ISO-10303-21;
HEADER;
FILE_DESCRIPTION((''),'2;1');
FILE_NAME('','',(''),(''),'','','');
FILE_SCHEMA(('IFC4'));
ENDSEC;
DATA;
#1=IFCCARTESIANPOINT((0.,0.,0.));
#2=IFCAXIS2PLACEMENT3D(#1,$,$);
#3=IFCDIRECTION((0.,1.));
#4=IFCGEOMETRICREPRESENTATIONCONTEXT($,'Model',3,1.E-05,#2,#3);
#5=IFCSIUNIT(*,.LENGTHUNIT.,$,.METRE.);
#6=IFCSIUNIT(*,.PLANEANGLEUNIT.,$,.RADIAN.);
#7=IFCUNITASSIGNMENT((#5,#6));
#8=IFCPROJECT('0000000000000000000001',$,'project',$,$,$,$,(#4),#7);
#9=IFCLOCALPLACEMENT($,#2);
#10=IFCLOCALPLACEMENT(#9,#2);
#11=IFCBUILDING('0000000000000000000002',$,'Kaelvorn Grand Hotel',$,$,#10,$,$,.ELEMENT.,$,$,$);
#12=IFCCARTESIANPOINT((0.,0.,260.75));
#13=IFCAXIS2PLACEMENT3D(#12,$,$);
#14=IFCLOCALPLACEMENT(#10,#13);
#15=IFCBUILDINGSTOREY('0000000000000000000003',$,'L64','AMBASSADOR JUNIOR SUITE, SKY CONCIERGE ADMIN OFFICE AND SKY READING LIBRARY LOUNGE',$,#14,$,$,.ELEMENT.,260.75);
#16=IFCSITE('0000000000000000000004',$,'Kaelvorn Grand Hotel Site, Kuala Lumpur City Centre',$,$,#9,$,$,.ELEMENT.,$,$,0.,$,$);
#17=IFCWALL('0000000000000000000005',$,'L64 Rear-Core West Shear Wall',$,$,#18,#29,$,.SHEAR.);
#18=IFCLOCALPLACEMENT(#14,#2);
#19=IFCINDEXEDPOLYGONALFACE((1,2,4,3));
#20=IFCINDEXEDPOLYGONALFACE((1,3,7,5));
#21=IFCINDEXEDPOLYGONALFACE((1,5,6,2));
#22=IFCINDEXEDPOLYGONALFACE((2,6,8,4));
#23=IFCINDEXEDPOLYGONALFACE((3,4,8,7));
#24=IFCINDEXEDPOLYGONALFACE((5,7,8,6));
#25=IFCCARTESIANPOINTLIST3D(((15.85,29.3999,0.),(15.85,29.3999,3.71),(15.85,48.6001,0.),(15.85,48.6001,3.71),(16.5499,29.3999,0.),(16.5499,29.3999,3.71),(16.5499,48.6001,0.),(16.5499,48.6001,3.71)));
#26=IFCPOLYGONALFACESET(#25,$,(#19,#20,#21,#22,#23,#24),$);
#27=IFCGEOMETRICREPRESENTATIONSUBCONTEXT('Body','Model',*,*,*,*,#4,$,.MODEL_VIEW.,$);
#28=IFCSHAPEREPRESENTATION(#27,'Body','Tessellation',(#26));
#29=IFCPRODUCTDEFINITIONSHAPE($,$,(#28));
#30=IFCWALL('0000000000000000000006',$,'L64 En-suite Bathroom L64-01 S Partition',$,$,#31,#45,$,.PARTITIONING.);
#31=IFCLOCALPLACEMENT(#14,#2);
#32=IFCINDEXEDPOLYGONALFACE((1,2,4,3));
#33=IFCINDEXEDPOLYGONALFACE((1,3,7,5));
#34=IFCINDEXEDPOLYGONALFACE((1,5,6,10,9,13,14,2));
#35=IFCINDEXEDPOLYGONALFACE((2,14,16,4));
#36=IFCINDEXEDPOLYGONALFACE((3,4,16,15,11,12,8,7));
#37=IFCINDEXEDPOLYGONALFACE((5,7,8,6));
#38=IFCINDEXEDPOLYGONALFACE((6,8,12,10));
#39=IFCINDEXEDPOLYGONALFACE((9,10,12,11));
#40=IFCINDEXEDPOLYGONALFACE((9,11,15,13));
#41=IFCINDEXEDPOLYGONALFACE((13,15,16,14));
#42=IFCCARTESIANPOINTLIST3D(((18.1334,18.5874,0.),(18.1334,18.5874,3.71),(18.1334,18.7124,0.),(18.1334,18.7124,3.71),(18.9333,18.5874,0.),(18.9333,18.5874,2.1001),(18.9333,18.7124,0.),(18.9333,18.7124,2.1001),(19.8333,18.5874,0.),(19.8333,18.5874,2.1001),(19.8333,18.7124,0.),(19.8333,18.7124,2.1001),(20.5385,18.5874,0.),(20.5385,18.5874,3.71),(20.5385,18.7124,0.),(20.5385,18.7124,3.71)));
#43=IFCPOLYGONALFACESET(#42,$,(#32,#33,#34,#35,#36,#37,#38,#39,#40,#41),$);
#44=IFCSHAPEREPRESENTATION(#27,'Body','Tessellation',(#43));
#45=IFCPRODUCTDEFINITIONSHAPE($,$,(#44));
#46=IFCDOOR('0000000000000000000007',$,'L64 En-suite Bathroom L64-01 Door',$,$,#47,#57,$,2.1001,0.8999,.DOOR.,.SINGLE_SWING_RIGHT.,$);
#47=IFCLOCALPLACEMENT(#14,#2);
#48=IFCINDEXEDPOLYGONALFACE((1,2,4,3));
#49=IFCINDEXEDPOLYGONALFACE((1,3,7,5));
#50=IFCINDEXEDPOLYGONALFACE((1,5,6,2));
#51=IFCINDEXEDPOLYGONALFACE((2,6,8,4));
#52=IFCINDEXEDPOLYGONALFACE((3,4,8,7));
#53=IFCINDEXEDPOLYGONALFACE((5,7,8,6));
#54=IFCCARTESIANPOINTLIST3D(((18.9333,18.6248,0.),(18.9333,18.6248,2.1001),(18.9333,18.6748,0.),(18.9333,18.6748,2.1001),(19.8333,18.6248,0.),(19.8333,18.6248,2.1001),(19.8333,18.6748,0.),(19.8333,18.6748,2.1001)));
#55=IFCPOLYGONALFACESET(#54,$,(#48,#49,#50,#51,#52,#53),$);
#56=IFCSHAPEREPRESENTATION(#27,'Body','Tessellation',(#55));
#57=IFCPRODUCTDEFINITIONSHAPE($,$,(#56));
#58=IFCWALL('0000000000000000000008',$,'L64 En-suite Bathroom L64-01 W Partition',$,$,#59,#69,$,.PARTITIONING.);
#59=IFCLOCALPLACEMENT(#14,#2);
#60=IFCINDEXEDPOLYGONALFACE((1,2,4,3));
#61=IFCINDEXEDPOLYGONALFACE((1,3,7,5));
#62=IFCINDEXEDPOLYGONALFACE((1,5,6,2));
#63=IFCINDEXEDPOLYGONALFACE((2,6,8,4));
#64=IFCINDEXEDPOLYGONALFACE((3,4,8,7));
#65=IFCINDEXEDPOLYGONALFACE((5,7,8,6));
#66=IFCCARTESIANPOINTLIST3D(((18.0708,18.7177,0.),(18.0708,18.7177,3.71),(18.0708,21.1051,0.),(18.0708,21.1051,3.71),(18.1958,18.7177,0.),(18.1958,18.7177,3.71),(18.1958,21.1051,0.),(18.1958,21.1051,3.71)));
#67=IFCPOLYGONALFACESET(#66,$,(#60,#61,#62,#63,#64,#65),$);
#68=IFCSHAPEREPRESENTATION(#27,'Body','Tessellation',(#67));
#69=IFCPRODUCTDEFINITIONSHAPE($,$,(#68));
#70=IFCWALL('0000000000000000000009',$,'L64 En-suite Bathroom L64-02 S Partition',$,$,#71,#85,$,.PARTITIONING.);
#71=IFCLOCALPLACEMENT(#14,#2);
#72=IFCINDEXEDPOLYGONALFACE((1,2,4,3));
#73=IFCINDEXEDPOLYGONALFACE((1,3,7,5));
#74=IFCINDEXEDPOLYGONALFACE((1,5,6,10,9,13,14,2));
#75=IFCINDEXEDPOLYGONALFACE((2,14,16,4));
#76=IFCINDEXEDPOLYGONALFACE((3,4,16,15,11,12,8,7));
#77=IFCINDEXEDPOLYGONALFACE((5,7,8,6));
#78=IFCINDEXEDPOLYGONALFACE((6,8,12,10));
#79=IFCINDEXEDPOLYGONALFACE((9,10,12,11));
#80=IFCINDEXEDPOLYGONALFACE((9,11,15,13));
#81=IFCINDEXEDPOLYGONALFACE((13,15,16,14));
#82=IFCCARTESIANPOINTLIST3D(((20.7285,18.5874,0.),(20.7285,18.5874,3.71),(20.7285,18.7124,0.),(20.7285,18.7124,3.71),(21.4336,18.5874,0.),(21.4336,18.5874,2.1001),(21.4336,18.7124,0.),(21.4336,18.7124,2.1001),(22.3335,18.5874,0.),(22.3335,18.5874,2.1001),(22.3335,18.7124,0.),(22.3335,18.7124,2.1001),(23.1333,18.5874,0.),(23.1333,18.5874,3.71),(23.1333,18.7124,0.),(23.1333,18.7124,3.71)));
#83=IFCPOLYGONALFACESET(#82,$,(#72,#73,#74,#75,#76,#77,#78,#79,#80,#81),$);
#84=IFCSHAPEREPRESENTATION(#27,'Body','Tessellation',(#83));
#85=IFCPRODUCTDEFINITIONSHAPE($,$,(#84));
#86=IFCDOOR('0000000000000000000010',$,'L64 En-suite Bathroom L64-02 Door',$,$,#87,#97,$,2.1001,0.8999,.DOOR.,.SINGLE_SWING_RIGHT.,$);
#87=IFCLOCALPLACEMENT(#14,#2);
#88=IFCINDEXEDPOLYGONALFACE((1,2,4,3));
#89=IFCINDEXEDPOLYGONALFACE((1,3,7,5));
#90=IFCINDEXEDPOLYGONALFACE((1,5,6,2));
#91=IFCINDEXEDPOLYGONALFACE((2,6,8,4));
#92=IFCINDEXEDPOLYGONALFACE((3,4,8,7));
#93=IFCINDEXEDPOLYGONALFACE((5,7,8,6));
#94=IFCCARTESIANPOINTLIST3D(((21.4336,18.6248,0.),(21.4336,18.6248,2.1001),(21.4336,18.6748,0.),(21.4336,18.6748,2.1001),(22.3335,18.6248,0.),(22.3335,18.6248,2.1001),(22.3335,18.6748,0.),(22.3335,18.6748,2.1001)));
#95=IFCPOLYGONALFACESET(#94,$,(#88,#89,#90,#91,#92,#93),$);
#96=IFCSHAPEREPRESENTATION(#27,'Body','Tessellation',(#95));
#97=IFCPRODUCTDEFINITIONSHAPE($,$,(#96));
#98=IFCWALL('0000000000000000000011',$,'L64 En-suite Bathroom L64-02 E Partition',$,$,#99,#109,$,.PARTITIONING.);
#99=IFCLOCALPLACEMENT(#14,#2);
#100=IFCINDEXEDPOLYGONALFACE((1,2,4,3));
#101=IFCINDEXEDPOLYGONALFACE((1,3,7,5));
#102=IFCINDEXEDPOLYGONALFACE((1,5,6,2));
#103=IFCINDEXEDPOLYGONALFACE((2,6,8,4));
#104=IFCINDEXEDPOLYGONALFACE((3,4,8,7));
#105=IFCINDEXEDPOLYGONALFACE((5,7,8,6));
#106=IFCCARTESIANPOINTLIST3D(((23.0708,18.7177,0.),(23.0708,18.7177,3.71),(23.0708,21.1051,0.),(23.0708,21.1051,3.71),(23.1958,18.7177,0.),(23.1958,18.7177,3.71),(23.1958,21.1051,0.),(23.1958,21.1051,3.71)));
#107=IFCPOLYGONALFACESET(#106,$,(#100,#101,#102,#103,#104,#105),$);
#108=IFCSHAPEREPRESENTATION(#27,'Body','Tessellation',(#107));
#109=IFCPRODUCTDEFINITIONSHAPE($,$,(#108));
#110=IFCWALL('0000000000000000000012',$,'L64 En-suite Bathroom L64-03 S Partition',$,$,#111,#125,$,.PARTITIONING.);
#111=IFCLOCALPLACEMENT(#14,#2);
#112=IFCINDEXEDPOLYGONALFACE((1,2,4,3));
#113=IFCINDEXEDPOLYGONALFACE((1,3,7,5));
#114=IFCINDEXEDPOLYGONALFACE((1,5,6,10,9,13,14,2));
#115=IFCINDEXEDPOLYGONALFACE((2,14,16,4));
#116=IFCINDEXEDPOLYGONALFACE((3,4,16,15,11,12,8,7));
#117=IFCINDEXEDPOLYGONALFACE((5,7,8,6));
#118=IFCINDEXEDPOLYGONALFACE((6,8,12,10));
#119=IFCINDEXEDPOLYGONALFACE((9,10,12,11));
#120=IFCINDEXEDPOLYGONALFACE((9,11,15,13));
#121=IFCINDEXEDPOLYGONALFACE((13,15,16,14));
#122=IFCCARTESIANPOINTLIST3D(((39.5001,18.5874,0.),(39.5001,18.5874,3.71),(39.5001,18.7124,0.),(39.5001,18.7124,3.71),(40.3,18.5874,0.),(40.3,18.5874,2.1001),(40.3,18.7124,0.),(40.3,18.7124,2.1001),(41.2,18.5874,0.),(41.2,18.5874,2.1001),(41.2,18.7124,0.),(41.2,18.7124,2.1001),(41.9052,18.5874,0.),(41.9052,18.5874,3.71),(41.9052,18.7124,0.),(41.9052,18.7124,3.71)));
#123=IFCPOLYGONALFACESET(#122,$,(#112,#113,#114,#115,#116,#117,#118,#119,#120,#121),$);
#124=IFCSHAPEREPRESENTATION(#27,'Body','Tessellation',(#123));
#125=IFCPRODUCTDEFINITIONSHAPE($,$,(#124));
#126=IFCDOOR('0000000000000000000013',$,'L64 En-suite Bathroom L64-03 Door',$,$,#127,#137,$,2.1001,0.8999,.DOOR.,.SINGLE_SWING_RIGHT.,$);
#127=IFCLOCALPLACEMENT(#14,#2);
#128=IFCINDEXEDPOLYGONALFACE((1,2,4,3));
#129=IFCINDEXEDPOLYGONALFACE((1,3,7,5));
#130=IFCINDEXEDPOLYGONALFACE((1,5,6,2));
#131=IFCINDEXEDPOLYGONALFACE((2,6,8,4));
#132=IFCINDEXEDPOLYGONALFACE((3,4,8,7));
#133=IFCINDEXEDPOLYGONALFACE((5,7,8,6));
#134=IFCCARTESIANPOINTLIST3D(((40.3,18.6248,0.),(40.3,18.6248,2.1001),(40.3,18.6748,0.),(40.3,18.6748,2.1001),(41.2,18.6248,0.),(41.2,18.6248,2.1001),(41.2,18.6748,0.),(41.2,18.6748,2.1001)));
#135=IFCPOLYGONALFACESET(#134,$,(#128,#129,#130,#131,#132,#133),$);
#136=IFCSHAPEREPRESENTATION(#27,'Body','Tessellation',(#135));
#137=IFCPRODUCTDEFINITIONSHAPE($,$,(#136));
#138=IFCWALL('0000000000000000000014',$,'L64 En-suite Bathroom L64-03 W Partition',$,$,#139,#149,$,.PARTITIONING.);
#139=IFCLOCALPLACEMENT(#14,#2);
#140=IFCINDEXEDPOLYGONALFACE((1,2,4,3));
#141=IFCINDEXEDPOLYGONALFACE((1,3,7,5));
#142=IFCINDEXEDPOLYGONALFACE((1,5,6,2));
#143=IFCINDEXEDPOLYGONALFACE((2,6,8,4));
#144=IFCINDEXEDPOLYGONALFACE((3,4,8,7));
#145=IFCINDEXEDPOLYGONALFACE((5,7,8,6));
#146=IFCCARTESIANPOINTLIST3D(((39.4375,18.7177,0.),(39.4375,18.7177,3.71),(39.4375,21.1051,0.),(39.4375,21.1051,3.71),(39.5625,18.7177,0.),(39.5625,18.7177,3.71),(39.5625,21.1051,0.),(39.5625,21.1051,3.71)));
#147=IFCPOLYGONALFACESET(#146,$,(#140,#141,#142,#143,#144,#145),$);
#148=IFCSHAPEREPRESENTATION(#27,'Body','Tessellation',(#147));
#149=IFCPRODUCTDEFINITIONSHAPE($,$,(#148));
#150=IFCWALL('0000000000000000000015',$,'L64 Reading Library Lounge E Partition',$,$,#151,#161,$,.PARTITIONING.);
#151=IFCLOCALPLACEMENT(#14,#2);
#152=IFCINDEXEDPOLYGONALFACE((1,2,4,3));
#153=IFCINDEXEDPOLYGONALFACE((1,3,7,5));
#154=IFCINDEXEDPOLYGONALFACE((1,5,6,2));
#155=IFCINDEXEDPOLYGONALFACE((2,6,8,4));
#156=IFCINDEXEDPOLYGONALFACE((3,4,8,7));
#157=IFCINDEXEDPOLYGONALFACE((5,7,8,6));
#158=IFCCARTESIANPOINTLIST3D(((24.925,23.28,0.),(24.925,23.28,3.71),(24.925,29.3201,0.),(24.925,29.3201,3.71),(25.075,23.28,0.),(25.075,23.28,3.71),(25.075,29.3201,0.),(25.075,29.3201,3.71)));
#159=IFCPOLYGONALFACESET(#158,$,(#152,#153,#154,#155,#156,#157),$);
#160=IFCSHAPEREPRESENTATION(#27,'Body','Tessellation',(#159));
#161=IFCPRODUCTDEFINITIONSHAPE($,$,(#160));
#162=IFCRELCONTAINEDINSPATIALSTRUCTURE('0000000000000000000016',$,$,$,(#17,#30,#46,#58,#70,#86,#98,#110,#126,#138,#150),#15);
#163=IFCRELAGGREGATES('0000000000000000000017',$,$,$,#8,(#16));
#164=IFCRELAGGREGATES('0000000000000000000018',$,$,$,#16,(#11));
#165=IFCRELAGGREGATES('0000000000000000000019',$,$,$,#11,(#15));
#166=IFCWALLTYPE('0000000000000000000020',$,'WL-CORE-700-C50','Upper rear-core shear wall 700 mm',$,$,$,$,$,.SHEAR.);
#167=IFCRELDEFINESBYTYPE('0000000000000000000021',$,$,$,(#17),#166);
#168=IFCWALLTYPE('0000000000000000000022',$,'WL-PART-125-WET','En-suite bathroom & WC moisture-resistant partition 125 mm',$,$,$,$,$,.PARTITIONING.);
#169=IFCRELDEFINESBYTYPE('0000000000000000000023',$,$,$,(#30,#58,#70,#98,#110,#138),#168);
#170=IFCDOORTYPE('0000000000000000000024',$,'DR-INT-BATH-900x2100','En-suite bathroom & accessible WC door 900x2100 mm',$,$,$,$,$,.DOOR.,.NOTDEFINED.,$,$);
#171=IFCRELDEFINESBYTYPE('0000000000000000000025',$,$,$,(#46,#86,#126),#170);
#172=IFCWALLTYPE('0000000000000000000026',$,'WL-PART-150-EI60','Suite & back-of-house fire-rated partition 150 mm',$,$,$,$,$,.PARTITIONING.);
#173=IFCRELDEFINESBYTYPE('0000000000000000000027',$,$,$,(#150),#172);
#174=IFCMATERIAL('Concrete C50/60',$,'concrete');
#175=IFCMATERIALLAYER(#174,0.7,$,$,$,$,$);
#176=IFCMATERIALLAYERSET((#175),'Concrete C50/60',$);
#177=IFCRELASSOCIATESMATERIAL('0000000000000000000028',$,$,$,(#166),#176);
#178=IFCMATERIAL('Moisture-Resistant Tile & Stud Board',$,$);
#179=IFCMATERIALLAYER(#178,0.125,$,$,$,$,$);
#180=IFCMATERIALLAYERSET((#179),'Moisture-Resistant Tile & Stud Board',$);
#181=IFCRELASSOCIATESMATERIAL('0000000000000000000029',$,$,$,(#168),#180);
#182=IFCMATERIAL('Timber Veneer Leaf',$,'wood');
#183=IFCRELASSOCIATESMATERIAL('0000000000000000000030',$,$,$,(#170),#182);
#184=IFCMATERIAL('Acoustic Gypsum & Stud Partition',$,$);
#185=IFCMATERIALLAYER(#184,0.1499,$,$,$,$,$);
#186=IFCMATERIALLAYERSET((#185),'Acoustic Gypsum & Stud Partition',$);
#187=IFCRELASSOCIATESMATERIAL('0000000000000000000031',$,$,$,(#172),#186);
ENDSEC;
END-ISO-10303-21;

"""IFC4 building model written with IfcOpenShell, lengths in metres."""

from ifc_helpers import new_model, si_unit, direction, frame, frame_2d, origin, place, context, subcontext, project, spatial, rectangle, extrude, material, layer, layer_set, type_object, element, fill, save


model = new_model("IFC4")

# Units and contexts
model_context = context("Model", 3, precision=1e-05, world=origin(), true_north=direction((0.0, 1.0)))
body_context = subcontext(model_context, "Body", "Model", "MODEL_VIEW")
ifc_project = project(units=[si_unit("LENGTHUNIT", "METRE"), si_unit("PLANEANGLEUNIT", "RADIAN")], contexts=[model_context])

# Site, building, storey
site_placement = place(None, origin())
site = spatial("IfcSite", under=ifc_project, at=site_placement, Name="Kaelvorn Grand Hotel Site, Kuala Lumpur City Centre", CompositionType="ELEMENT", RefElevation=0.0)
building_placement = place(site_placement, origin())
building = spatial("IfcBuilding", under=site, at=building_placement, Name="Kaelvorn Grand Hotel", CompositionType="ELEMENT")
storey_placement = place(building_placement, frame((0.0, 0.0, 260.75)))
storey = spatial("IfcBuildingStorey", under=building, at=storey_placement, Name="L64", Description="AMBASSADOR JUNIOR SUITE, SKY CONCIERGE ADMIN OFFICE AND SKY READING LIBRARY LOUNGE", CompositionType="ELEMENT", Elevation=260.75)

# Shared definitions
ifc_material_1 = material(Name="Concrete C50/60", Category="concrete")

# Wall
ifc_layer_1 = layer(ifc_material_1, 0.7)
ifc_layer_set_1 = layer_set([ifc_layer_1], Name="Concrete C50/60")
wall_type_1 = type_object("IfcWallType", Name="WL-CORE-700-C50", Description="Upper rear-core shear wall 700 mm", PredefinedType="SHEAR", material=ifc_layer_set_1)
wall_1_placement = place(storey_placement, frame((16.2, 29.3999, 0.0), z_axis=(0.0, 0.0, 1.0), x_axis=(0.0, 1.0, 0.0)))
element("IfcWall", 1, at=wall_1_placement, inside=storey, type_object=wall_type_1, Name="L64 Rear-Core West Shear Wall", PredefinedType="SHEAR", context=body_context, shape_type="SweptSolid", body=[
    extrude(rectangle(XDim=19.2002, YDim=0.7, at=frame_2d((9.6001, 0.0))), origin(), (0.0, 0.0, 1.0), 3.71),
])

# Wall, opening, door
ifc_material_2 = material(Name="Moisture-Resistant Tile & Stud Board")
ifc_layer_2 = layer(ifc_material_2, 0.125)
ifc_layer_set_2 = layer_set([ifc_layer_2], Name="Moisture-Resistant Tile & Stud Board")
wall_type_2 = type_object("IfcWallType", Name="WL-PART-125-WET", Description="En-suite bathroom & WC moisture-resistant partition 125 mm", PredefinedType="PARTITIONING", material=ifc_layer_set_2)
wall_2_placement = place(storey_placement, frame((18.1333, 18.6499, 0.0), z_axis=(0.0, 0.0, 1.0), x_axis=(1.0, 0.0, 0.0)))
wall_2 = element("IfcWall", 2, at=wall_2_placement, inside=storey, type_object=wall_type_2, Name="L64 En-suite Bathroom L64-01 S Partition", PredefinedType="PARTITIONING", context=body_context, shape_type="SweptSolid", body=[
    extrude(rectangle(XDim=2.405, YDim=0.125, at=frame_2d((1.2026, 0.0))), origin(), (0.0, 0.0, 1.0), 3.71),
])
opening_1_placement = place(wall_2_placement, frame((0.8, 0.0, 0.0)))
opening_1 = element("IfcOpeningElement", 3, at=opening_1_placement, cuts=wall_2, PredefinedType="OPENING", context=body_context, shape_type="SweptSolid", body=[
    extrude(rectangle(XDim=0.8999, YDim=2.1001, at=frame_2d((0.45, 1.05))), frame((0.0, 0.0725, 0.0), z_axis=(0.0, -1.0, 0.0), x_axis=(1.0, 0.0, 0.0)), (0.0, 0.0, 1.0), 0.145),
])
ifc_material_3 = material(Name="Timber Veneer Leaf", Category="wood")
door_type_1 = type_object("IfcDoorType", Name="DR-INT-BATH-900x2100", Description="En-suite bathroom & accessible WC door 900x2100 mm", OperationType="NOTDEFINED", PredefinedType="DOOR", material=ifc_material_3)
door_1_placement = place(opening_1_placement, origin())
door_1 = element("IfcDoor", 4, at=door_1_placement, inside=storey, type_object=door_type_1, Name="L64 En-suite Bathroom L64-01 Door", OperationType="SINGLE_SWING_RIGHT", OverallHeight=2.1001, OverallWidth=0.8999, PredefinedType="DOOR", context=body_context, shape_type="SweptSolid", body=[
    extrude(rectangle(XDim=0.8999, YDim=2.1001, at=frame_2d((0.45, 1.05))), frame((0.0, 0.0249, 0.0), z_axis=(0.0, -1.0, 0.0), x_axis=(1.0, 0.0, 0.0)), (0.0, 0.0, 1.0), 0.05),
])
fill(opening_1, door_1)

# Wall
wall_3_placement = place(storey_placement, frame((18.1333, 18.7175, 0.0), z_axis=(0.0, 0.0, 1.0), x_axis=(0.0, 1.0, 0.0)))
element("IfcWall", 5, at=wall_3_placement, inside=storey, type_object=wall_type_2, Name="L64 En-suite Bathroom L64-01 W Partition", PredefinedType="PARTITIONING", context=body_context, shape_type="SweptSolid", body=[
    extrude(rectangle(XDim=2.3875, YDim=0.125, at=frame_2d((1.1938, 0.0))), origin(), (0.0, 0.0, 1.0), 3.71),
])

# Wall, opening, door
wall_4_placement = place(storey_placement, frame((20.7285, 18.6499, 0.0), z_axis=(0.0, 0.0, 1.0), x_axis=(1.0, 0.0, 0.0)))
wall_4 = element("IfcWall", 6, at=wall_4_placement, inside=storey, type_object=wall_type_2, Name="L64 En-suite Bathroom L64-02 S Partition", PredefinedType="PARTITIONING", context=body_context, shape_type="SweptSolid", body=[
    extrude(rectangle(XDim=2.4048, YDim=0.125, at=frame_2d((1.2024, 0.0))), origin(), (0.0, 0.0, 1.0), 3.71),
])
opening_2_placement = place(wall_4_placement, frame((0.7051, 0.0, 0.0)))
opening_2 = element("IfcOpeningElement", 7, at=opening_2_placement, cuts=wall_4, PredefinedType="OPENING", context=body_context, shape_type="SweptSolid", body=[
    extrude(rectangle(XDim=0.8999, YDim=2.1001, at=frame_2d((0.45, 1.05))), frame((0.0, 0.0725, 0.0), z_axis=(0.0, -1.0, 0.0), x_axis=(1.0, 0.0, 0.0)), (0.0, 0.0, 1.0), 0.145),
])
door_2_placement = place(opening_2_placement, origin())
door_2 = element("IfcDoor", 8, at=door_2_placement, inside=storey, type_object=door_type_1, Name="L64 En-suite Bathroom L64-02 Door", OperationType="SINGLE_SWING_RIGHT", OverallHeight=2.1001, OverallWidth=0.8999, PredefinedType="DOOR", context=body_context, shape_type="SweptSolid", body=[
    extrude(rectangle(XDim=0.8999, YDim=2.1001, at=frame_2d((0.45, 1.05))), frame((0.0, 0.0249, 0.0), z_axis=(0.0, -1.0, 0.0), x_axis=(1.0, 0.0, 0.0)), (0.0, 0.0, 1.0), 0.05),
])
fill(opening_2, door_2)

# Wall
wall_5_placement = place(storey_placement, frame((23.1333, 18.7175, 0.0), z_axis=(0.0, 0.0, 1.0), x_axis=(0.0, 1.0, 0.0)))
element("IfcWall", 9, at=wall_5_placement, inside=storey, type_object=wall_type_2, Name="L64 En-suite Bathroom L64-02 E Partition", PredefinedType="PARTITIONING", context=body_context, shape_type="SweptSolid", body=[
    extrude(rectangle(XDim=2.3875, YDim=0.125, at=frame_2d((1.1938, 0.0))), origin(), (0.0, 0.0, 1.0), 3.71),
])

# Wall, opening, door
wall_6_placement = place(storey_placement, frame((39.5, 18.6499, 0.0), z_axis=(0.0, 0.0, 1.0), x_axis=(1.0, 0.0, 0.0)))
wall_6 = element("IfcWall", 10, at=wall_6_placement, inside=storey, type_object=wall_type_2, Name="L64 En-suite Bathroom L64-03 S Partition", PredefinedType="PARTITIONING", context=body_context, shape_type="SweptSolid", body=[
    extrude(rectangle(XDim=2.405, YDim=0.125, at=frame_2d((1.2026, 0.0))), origin(), (0.0, 0.0, 1.0), 3.71),
])
opening_3_placement = place(wall_6_placement, frame((0.8, 0.0, 0.0)))
opening_3 = element("IfcOpeningElement", 11, at=opening_3_placement, cuts=wall_6, PredefinedType="OPENING", context=body_context, shape_type="SweptSolid", body=[
    extrude(rectangle(XDim=0.8999, YDim=2.1001, at=frame_2d((0.45, 1.05))), frame((0.0, 0.0725, 0.0), z_axis=(0.0, -1.0, 0.0), x_axis=(1.0, 0.0, 0.0)), (0.0, 0.0, 1.0), 0.145),
])
door_3_placement = place(opening_3_placement, origin())
door_3 = element("IfcDoor", 12, at=door_3_placement, inside=storey, type_object=door_type_1, Name="L64 En-suite Bathroom L64-03 Door", OperationType="SINGLE_SWING_RIGHT", OverallHeight=2.1001, OverallWidth=0.8999, PredefinedType="DOOR", context=body_context, shape_type="SweptSolid", body=[
    extrude(rectangle(XDim=0.8999, YDim=2.1001, at=frame_2d((0.45, 1.05))), frame((0.0, 0.0249, 0.0), z_axis=(0.0, -1.0, 0.0), x_axis=(1.0, 0.0, 0.0)), (0.0, 0.0, 1.0), 0.05),
])
fill(opening_3, door_3)

# Walls
wall_7_placement = place(storey_placement, frame((39.5, 18.7175, 0.0), z_axis=(0.0, 0.0, 1.0), x_axis=(0.0, 1.0, 0.0)))
element("IfcWall", 13, at=wall_7_placement, inside=storey, type_object=wall_type_2, Name="L64 En-suite Bathroom L64-03 W Partition", PredefinedType="PARTITIONING", context=body_context, shape_type="SweptSolid", body=[
    extrude(rectangle(XDim=2.3875, YDim=0.125, at=frame_2d((1.1938, 0.0))), origin(), (0.0, 0.0, 1.0), 3.71),
])
ifc_material_4 = material(Name="Acoustic Gypsum & Stud Partition")
ifc_layer_3 = layer(ifc_material_4, 0.1499)
ifc_layer_set_3 = layer_set([ifc_layer_3], Name="Acoustic Gypsum & Stud Partition")
wall_type_3 = type_object("IfcWallType", Name="WL-PART-150-EI60", Description="Suite & back-of-house fire-rated partition 150 mm", PredefinedType="PARTITIONING", material=ifc_layer_set_3)
wall_8_placement = place(storey_placement, frame((25.0, 23.28, 0.0), z_axis=(0.0, 0.0, 1.0), x_axis=(0.0, 1.0, 0.0)))
element("IfcWall", 14, at=wall_8_placement, inside=storey, type_object=wall_type_3, Name="L64 Reading Library Lounge E Partition", PredefinedType="PARTITIONING", context=body_context, shape_type="SweptSolid", body=[
    extrude(rectangle(XDim=6.04, YDim=0.1499, at=frame_2d((3.02, 0.0))), origin(), (0.0, 0.0, 1.0), 3.71),
])

save(model, "model.ifc")
